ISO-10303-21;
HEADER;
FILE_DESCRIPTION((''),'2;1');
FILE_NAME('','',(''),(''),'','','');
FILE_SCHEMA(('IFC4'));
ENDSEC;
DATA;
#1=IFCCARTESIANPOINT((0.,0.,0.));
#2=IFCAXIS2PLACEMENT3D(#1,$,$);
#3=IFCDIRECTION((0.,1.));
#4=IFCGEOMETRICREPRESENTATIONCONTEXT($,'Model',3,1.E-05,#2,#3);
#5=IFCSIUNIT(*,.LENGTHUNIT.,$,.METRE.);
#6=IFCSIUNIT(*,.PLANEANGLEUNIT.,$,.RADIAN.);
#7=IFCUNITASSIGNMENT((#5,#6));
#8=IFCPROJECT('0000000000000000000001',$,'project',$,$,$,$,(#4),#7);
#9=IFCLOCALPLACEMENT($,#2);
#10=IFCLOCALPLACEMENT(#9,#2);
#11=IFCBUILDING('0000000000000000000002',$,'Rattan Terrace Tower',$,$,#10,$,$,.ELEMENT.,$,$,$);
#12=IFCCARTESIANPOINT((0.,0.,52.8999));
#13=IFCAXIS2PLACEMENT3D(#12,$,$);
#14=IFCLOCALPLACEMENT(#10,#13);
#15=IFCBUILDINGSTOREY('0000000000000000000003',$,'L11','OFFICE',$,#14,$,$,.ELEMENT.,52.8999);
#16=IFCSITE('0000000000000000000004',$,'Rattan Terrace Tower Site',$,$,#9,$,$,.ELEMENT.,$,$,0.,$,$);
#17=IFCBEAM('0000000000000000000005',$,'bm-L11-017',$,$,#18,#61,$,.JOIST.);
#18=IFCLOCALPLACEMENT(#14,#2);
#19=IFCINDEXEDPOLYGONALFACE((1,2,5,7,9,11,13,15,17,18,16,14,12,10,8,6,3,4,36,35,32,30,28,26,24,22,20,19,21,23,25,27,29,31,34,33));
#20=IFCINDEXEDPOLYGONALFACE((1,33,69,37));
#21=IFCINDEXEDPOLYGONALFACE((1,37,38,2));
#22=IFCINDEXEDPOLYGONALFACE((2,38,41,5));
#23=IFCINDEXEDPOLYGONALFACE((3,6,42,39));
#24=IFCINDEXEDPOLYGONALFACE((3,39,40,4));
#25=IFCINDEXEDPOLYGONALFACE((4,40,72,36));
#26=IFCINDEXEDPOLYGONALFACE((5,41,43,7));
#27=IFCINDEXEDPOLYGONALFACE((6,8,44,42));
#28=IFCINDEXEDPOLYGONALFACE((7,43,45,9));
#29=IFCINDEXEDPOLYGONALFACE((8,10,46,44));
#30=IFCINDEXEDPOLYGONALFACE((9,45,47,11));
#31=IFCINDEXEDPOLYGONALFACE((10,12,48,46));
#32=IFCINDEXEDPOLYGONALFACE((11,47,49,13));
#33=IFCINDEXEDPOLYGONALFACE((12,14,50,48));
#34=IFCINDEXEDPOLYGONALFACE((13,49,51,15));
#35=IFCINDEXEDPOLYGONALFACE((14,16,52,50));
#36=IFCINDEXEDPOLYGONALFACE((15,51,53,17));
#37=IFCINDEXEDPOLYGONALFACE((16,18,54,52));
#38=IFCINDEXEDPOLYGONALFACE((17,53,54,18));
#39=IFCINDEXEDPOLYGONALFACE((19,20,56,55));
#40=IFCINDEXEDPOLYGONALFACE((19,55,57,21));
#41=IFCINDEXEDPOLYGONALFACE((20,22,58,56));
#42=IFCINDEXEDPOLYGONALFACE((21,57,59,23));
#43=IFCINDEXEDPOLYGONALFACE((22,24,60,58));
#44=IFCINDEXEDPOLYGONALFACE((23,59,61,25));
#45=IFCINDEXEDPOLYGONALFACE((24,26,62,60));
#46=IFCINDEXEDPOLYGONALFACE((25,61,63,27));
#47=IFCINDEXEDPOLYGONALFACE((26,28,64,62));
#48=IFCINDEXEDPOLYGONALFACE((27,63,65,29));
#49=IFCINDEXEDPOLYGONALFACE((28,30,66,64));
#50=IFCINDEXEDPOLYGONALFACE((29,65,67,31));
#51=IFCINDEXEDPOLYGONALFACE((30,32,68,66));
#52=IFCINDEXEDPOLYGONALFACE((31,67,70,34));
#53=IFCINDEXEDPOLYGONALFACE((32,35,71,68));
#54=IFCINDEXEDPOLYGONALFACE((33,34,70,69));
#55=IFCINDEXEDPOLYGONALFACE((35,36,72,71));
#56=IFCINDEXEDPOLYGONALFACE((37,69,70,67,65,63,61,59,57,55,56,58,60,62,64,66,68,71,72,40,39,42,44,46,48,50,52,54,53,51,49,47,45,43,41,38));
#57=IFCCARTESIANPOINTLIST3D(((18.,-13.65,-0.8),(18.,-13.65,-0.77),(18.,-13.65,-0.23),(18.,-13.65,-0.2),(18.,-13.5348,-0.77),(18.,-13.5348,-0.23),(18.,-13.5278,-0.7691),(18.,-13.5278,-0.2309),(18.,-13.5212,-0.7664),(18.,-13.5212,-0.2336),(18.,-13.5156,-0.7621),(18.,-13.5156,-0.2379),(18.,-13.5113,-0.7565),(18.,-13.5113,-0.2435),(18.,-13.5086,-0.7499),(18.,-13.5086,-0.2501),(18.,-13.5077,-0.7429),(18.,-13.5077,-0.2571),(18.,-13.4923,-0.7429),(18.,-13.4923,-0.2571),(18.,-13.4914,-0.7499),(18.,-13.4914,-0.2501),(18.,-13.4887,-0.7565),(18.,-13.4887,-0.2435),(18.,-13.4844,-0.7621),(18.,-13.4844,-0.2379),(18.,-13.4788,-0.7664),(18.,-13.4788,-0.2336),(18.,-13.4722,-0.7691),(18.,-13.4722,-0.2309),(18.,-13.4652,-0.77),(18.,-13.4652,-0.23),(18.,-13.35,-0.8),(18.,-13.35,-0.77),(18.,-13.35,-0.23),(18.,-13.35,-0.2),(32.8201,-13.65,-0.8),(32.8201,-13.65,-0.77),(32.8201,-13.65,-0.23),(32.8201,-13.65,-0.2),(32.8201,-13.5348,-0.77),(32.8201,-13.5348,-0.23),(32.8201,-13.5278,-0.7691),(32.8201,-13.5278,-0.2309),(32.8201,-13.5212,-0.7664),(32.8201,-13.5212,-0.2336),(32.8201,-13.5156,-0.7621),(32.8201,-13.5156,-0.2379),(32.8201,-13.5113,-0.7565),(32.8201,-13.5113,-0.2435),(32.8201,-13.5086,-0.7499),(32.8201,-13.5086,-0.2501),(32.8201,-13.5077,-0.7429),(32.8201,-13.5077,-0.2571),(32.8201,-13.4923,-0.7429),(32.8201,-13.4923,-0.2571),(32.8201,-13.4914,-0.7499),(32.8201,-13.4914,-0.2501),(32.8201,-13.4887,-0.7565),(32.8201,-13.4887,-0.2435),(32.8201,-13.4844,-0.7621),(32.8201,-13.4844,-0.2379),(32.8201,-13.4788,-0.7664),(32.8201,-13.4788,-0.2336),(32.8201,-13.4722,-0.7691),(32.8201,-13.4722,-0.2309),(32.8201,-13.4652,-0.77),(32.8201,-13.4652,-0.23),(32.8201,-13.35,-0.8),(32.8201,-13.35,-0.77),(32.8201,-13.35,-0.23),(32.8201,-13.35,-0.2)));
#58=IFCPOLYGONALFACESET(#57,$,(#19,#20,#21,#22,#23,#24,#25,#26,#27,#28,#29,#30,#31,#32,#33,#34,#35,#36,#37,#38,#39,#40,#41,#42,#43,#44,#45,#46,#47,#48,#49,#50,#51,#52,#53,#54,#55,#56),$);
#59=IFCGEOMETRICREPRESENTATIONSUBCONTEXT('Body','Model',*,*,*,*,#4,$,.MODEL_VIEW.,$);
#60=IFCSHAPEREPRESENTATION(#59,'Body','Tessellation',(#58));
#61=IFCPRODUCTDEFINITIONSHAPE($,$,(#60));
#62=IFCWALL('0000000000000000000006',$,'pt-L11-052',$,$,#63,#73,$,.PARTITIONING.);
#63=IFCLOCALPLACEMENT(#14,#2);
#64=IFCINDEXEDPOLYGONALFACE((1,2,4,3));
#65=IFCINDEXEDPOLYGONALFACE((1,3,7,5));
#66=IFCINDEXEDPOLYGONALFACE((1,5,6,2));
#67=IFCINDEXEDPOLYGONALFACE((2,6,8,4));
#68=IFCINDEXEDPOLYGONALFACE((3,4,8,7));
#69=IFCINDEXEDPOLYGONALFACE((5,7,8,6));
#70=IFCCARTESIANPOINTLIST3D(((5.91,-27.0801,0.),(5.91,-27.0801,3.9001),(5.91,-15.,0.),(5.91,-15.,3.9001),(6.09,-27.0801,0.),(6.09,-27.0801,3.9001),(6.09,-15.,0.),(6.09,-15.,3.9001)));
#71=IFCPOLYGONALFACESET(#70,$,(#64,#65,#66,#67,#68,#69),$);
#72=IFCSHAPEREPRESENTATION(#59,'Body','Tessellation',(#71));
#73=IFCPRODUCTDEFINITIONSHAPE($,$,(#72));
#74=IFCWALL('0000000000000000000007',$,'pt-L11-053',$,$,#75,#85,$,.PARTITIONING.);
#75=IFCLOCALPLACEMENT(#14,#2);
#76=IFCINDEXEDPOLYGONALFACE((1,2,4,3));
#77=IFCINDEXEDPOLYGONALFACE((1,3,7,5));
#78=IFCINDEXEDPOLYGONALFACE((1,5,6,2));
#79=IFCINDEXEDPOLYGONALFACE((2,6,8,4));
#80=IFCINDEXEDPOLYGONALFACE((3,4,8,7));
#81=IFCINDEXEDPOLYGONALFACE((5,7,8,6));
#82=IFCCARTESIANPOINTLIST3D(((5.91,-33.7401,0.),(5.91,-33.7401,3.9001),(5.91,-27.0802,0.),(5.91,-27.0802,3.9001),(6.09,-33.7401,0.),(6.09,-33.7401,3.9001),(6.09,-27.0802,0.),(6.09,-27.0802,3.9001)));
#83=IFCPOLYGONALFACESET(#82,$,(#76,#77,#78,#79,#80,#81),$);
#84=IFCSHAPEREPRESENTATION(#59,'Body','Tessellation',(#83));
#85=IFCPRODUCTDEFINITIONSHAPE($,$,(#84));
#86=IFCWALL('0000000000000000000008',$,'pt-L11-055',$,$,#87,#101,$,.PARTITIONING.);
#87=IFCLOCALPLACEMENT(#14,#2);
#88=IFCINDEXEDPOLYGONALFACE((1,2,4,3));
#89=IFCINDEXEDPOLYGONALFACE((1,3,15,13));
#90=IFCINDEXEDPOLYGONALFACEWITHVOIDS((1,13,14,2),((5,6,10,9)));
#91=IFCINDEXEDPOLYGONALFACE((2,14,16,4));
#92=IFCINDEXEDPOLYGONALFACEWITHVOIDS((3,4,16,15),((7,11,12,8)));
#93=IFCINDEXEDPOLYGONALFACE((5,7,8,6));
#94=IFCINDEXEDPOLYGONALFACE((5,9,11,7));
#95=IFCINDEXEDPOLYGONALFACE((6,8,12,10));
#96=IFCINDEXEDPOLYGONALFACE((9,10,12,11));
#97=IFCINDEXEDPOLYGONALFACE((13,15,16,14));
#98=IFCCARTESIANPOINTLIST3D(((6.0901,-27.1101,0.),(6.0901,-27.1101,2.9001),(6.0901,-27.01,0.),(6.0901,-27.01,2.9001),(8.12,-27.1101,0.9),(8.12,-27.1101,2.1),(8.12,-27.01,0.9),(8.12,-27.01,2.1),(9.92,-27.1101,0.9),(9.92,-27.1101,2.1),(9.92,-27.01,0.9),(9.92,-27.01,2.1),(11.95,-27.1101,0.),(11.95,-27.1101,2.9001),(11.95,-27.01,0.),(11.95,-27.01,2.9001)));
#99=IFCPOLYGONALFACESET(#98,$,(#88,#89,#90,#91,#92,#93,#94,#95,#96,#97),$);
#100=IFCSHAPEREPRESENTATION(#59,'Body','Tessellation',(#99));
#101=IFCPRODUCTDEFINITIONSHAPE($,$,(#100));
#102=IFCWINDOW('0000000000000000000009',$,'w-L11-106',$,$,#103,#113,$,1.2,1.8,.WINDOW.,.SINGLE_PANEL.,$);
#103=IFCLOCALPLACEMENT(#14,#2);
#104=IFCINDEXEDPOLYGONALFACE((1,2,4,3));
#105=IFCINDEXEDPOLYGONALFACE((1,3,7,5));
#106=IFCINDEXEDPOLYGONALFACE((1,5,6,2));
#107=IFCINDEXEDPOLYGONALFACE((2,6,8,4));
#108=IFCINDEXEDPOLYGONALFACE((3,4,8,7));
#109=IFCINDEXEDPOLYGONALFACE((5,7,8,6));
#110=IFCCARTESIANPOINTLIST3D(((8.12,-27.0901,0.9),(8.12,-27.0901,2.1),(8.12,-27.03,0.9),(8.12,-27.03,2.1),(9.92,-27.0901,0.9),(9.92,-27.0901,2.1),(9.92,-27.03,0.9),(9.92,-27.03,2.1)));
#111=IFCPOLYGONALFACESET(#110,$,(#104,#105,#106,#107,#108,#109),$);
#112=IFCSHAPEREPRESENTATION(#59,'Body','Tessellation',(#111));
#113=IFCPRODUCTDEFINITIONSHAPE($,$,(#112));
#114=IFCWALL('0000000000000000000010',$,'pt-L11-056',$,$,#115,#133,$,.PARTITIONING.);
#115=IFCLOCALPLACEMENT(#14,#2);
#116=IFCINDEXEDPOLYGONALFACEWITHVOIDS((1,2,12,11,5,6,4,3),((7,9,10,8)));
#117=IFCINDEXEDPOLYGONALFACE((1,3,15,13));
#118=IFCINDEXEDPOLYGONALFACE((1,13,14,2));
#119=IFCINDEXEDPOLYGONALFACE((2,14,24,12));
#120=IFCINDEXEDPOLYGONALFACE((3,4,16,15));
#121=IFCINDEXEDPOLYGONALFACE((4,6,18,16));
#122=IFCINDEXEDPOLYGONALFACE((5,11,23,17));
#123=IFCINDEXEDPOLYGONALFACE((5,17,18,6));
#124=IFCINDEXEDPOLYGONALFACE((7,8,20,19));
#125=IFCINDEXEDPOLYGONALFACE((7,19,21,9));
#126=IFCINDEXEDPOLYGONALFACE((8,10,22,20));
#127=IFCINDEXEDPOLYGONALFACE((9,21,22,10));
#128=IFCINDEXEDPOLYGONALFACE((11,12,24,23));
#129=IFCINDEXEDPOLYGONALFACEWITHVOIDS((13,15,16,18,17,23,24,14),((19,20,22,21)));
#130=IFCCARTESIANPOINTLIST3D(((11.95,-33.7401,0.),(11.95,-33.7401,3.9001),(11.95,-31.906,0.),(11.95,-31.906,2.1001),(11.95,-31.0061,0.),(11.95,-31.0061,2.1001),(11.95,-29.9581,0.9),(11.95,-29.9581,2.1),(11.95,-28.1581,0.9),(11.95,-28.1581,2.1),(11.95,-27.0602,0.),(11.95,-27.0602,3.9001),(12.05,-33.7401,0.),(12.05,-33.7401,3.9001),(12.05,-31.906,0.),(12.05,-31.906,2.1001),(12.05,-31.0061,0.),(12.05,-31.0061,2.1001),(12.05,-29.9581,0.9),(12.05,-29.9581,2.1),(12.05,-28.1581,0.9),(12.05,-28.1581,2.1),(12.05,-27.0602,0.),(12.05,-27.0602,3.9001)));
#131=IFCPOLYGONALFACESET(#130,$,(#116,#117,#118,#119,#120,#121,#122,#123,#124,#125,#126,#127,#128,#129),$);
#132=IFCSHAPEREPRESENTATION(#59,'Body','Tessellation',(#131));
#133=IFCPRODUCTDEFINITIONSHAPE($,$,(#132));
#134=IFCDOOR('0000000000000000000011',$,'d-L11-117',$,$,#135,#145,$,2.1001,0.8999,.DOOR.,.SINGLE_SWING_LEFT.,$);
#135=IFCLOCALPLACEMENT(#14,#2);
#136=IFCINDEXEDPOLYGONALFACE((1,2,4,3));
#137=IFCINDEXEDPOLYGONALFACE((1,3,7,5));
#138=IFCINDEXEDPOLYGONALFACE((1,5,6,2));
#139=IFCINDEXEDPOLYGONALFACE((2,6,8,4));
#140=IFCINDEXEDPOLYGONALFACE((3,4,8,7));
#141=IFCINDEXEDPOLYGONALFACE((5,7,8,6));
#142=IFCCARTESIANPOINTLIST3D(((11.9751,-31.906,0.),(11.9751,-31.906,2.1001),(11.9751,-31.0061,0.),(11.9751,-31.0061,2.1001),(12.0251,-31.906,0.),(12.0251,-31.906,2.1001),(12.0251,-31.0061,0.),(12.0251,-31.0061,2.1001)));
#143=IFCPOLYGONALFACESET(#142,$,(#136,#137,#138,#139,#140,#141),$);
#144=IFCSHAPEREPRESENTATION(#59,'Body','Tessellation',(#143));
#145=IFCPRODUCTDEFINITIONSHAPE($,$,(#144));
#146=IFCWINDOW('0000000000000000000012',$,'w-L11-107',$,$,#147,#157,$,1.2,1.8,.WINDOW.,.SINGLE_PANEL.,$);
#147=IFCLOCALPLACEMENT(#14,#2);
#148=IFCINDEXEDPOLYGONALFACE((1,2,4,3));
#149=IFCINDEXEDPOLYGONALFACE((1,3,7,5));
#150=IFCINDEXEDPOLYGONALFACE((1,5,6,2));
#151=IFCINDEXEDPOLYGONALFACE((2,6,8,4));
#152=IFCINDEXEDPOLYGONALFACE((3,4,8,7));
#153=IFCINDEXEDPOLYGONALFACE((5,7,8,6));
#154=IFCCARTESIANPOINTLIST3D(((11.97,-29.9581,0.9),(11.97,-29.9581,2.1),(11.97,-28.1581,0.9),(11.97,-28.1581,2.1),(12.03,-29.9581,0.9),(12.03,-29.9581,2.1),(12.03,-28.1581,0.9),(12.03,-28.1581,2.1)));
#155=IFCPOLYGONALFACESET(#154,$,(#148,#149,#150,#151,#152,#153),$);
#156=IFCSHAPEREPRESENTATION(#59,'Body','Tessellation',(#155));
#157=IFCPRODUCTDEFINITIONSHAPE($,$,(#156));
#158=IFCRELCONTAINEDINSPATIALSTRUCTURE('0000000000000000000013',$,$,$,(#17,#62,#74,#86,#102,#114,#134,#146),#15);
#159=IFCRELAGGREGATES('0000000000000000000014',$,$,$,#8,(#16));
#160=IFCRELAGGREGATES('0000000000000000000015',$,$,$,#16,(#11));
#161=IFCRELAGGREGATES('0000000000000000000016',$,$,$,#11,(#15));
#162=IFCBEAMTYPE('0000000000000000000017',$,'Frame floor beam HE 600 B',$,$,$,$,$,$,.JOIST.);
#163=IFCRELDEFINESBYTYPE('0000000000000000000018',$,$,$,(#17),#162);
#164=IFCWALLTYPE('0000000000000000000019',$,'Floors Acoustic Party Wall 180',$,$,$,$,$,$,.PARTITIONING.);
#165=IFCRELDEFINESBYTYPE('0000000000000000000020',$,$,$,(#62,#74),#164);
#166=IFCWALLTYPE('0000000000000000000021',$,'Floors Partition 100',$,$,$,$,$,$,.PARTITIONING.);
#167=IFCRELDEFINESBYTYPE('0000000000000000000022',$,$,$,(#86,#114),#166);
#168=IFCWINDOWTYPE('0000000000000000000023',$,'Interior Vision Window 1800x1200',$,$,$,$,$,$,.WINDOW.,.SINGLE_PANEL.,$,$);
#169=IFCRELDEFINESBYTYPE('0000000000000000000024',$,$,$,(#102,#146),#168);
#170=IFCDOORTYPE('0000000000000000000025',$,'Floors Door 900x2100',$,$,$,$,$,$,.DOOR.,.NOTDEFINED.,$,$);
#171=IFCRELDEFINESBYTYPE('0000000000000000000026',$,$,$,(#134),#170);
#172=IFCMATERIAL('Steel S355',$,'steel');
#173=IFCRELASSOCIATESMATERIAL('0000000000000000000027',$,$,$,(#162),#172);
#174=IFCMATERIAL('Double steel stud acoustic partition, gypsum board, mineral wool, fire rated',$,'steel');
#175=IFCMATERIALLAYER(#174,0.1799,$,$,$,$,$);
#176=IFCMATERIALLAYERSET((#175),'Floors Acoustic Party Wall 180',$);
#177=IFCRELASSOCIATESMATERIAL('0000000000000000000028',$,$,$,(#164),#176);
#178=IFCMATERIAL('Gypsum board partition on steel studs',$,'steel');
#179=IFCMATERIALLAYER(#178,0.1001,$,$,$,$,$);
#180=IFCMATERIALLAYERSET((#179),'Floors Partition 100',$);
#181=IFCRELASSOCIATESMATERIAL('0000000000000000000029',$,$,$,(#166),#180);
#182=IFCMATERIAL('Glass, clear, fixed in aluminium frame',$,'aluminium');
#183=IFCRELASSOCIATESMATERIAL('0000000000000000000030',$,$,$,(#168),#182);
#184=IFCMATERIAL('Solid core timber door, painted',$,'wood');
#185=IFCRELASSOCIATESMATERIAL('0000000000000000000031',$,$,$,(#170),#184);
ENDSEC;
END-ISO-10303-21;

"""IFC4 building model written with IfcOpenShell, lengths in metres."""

from ifc_helpers import new_model, si_unit, direction, frame, frame_2d, origin, origin_2d, place, context, subcontext, project, spatial, rectangle, i_section, extrude, material, layer, layer_set, material_profile, profile_set, type_object, element, fill, save


model = new_model("IFC4")

# Units and contexts
model_context = context("Model", 3, precision=1e-05, world=origin(), true_north=direction((0.0, 1.0)))
body_context = subcontext(model_context, "Body", "Model", "MODEL_VIEW")
ifc_project = project(units=[si_unit("LENGTHUNIT", "METRE"), si_unit("PLANEANGLEUNIT", "RADIAN")], contexts=[model_context])

# Site, building, storey
site_placement = place(None, origin())
site = spatial("IfcSite", under=ifc_project, at=site_placement, Name="Rattan Terrace Tower Site", CompositionType="ELEMENT", RefElevation=0.0)
building_placement = place(site_placement, origin())
building = spatial("IfcBuilding", under=site, at=building_placement, Name="Rattan Terrace Tower", CompositionType="ELEMENT")
storey_placement = place(building_placement, frame((0.0, 0.0, 52.8999)))
storey = spatial("IfcBuildingStorey", under=building, at=storey_placement, Name="L11", Description="OFFICE", CompositionType="ELEMENT", Elevation=52.8999)

# Beam
ifc_material_1 = material(Name="Steel S355", Category="steel")
ifc_material_profile_1 = material_profile(ifc_material_1, i_section(OverallWidth=0.3, OverallDepth=0.6001, WebThickness=0.0154, FlangeThickness=0.03, FilletRadius=0.0271, at=origin_2d()), Name="HE 600 B")
ifc_profile_set_1 = profile_set([ifc_material_profile_1], Name="Steel S355")
beam_type_1 = type_object("IfcBeamType", Name="Frame floor beam HE 600 B", PredefinedType="JOIST", material=ifc_profile_set_1)
for number, where, z_axis, x_axis, name in (
    (1, (18.0, -13.5, -0.5), (1.0, 0.0, 0.0), (0.0, 1.0, 0.0), "bm-L11-017"),
):
    element("IfcBeam", number, at=place(storey_placement, frame(where, z_axis=z_axis, x_axis=x_axis)), inside=storey, type_object=beam_type_1, Name=name, PredefinedType="JOIST", context=body_context, shape_type="SweptSolid", body=[
        extrude(i_section(OverallWidth=0.3, OverallDepth=0.6001, WebThickness=0.0154, FlangeThickness=0.03, FilletRadius=0.0271, at=origin_2d()), origin(), (0.0, 0.0, 1.0), 14.8201),
    ])

# Walls
ifc_material_2 = material(Name="Double steel stud acoustic partition, gypsum board, mineral wool, fire rated", Category="steel")
ifc_layer_1 = layer(ifc_material_2, 0.1799)
ifc_layer_set_1 = layer_set([ifc_layer_1], Name="Floors Acoustic Party Wall 180")
wall_type_1 = type_object("IfcWallType", Name="Floors Acoustic Party Wall 180", PredefinedType="PARTITIONING", material=ifc_layer_set_1)
wall_1_placement = place(storey_placement, frame((6.0, -15.0, 0.0), z_axis=(0.0, 0.0, 1.0), x_axis=(0.0, -1.0, 0.0)))
element("IfcWall", 2, at=wall_1_placement, inside=storey, type_object=wall_type_1, Name="pt-L11-052", PredefinedType="PARTITIONING", context=body_context, shape_type="SweptSolid", body=[
    extrude(rectangle(XDim=12.0801, YDim=0.1799, at=frame_2d((6.04, 0.0))), origin(), (0.0, 0.0, 1.0), 3.9001),
])
wall_2_placement = place(storey_placement, frame((6.0, -27.0801, 0.0), z_axis=(0.0, 0.0, 1.0), x_axis=(0.0, -1.0, 0.0)))
element("IfcWall", 3, at=wall_2_placement, inside=storey, type_object=wall_type_1, Name="pt-L11-053", PredefinedType="PARTITIONING", context=body_context, shape_type="SweptSolid", body=[
    extrude(rectangle(XDim=6.6599, YDim=0.1799, at=frame_2d((3.3301, 0.0))), origin(), (0.0, 0.0, 1.0), 3.9001),
])

# Wall, opening, window
ifc_material_3 = material(Name="Gypsum board partition on steel studs", Category="steel")
ifc_layer_2 = layer(ifc_material_3, 0.1001)
ifc_layer_set_2 = layer_set([ifc_layer_2], Name="Floors Partition 100")
wall_type_2 = type_object("IfcWallType", Name="Floors Partition 100", PredefinedType="PARTITIONING", material=ifc_layer_set_2)
wall_3_placement = place(storey_placement, frame((11.95, -27.0601, 0.0), z_axis=(0.0, 0.0, 1.0), x_axis=(-1.0, 0.0, 0.0)))
wall_3 = element("IfcWall", 4, at=wall_3_placement, inside=storey, type_object=wall_type_2, Name="pt-L11-055", PredefinedType="PARTITIONING", context=body_context, shape_type="SweptSolid", body=[
    extrude(rectangle(XDim=5.8599, YDim=0.1001, at=frame_2d((2.9299, 0.0))), origin(), (0.0, 0.0, 1.0), 2.9001),
])
opening_1_placement = place(wall_3_placement, frame((2.03, 0.0, 0.8999)))
opening_1 = element("IfcOpeningElement", 5, at=opening_1_placement, cuts=wall_3, PredefinedType="OPENING", context=body_context, shape_type="SweptSolid", body=[
    extrude(rectangle(XDim=1.8, YDim=1.2, at=frame_2d((0.8999, 0.6001))), frame((0.0, 0.0605, 0.0), z_axis=(0.0, -1.0, 0.0), x_axis=(1.0, 0.0, 0.0)), (0.0, 0.0, 1.0), 0.1211),
])
ifc_material_4 = material(Name="Glass, clear, fixed in aluminium frame", Category="aluminium")
window_type = type_object("IfcWindowType", Name="Interior Vision Window 1800x1200", PartitioningType="SINGLE_PANEL", PredefinedType="WINDOW", material=ifc_material_4)
window_1_placement = place(opening_1_placement, origin())
window_1 = element("IfcWindow", 6, at=window_1_placement, inside=storey, type_object=window_type, Name="w-L11-106", OverallHeight=1.2, OverallWidth=1.8, PartitioningType="SINGLE_PANEL", PredefinedType="WINDOW", context=body_context, shape_type="SweptSolid", body=[
    extrude(rectangle(XDim=1.8, YDim=1.2, at=frame_2d((0.8999, 0.6001))), frame((0.0, 0.03, 0.0), z_axis=(0.0, -1.0, 0.0), x_axis=(1.0, 0.0, 0.0)), (0.0, 0.0, 1.0), 0.0601),
])
fill(opening_1, window_1)

# Wall, openings, door, window
wall_4_placement = place(storey_placement, frame((12.0, -33.74, 0.0), z_axis=(0.0, 0.0, 1.0), x_axis=(0.0, 1.0, 0.0)))
wall_4 = element("IfcWall", 7, at=wall_4_placement, inside=storey, type_object=wall_type_2, Name="pt-L11-056", PredefinedType="PARTITIONING", context=body_context, shape_type="SweptSolid", body=[
    extrude(rectangle(XDim=6.6799, YDim=0.1001, at=frame_2d((3.3398, 0.0))), origin(), (0.0, 0.0, 1.0), 3.9001),
])
opening_2_placement = place(wall_4_placement, frame((1.834, 0.0, 0.0)))
opening_2 = element("IfcOpeningElement", 8, at=opening_2_placement, cuts=wall_4, PredefinedType="OPENING", context=body_context, shape_type="SweptSolid", body=[
    extrude(rectangle(XDim=0.8999, YDim=2.1001, at=frame_2d((0.45, 1.05))), frame((0.0, 0.0605, 0.0), z_axis=(0.0, -1.0, 0.0), x_axis=(1.0, 0.0, 0.0)), (0.0, 0.0, 1.0), 0.1211),
])
opening_3_placement = place(wall_4_placement, frame((3.782, 0.0, 0.8999)))
opening_3 = element("IfcOpeningElement", 9, at=opening_3_placement, cuts=wall_4, PredefinedType="OPENING", context=body_context, shape_type="SweptSolid", body=[
    extrude(rectangle(XDim=1.8, YDim=1.2, at=frame_2d((0.8999, 0.6001))), frame((0.0, 0.0605, 0.0), z_axis=(0.0, -1.0, 0.0), x_axis=(1.0, 0.0, 0.0)), (0.0, 0.0, 1.0), 0.1211),
])
ifc_material_5 = material(Name="Solid core timber door, painted", Category="wood")
door_type_1 = type_object("IfcDoorType", Name="Floors Door 900x2100", OperationType="NOTDEFINED", PredefinedType="DOOR", material=ifc_material_5)
door_1_placement = place(opening_2_placement, origin())
door_1 = element("IfcDoor", 10, at=door_1_placement, inside=storey, type_object=door_type_1, Name="d-L11-117", OperationType="SINGLE_SWING_LEFT", OverallHeight=2.1001, OverallWidth=0.8999, PredefinedType="DOOR", context=body_context, shape_type="SweptSolid", body=[
    extrude(rectangle(XDim=0.8999, YDim=2.1001, at=frame_2d((0.45, 1.05))), frame((0.0, 0.0249, 0.0), z_axis=(0.0, -1.0, 0.0), x_axis=(1.0, 0.0, 0.0)), (0.0, 0.0, 1.0), 0.05),
])
fill(opening_2, door_1)
window_2_placement = place(opening_3_placement, origin())
window_2 = element("IfcWindow", 11, at=window_2_placement, inside=storey, type_object=window_type, Name="w-L11-107", OverallHeight=1.2, OverallWidth=1.8, PartitioningType="SINGLE_PANEL", PredefinedType="WINDOW", context=body_context, shape_type="SweptSolid", body=[
    extrude(rectangle(XDim=1.8, YDim=1.2, at=frame_2d((0.8999, 0.6001))), frame((0.0, 0.03, 0.0), z_axis=(0.0, -1.0, 0.0), x_axis=(1.0, 0.0, 0.0)), (0.0, 0.0, 1.0), 0.0601),
])
fill(opening_3, window_2)

save(model, "model.ifc")
